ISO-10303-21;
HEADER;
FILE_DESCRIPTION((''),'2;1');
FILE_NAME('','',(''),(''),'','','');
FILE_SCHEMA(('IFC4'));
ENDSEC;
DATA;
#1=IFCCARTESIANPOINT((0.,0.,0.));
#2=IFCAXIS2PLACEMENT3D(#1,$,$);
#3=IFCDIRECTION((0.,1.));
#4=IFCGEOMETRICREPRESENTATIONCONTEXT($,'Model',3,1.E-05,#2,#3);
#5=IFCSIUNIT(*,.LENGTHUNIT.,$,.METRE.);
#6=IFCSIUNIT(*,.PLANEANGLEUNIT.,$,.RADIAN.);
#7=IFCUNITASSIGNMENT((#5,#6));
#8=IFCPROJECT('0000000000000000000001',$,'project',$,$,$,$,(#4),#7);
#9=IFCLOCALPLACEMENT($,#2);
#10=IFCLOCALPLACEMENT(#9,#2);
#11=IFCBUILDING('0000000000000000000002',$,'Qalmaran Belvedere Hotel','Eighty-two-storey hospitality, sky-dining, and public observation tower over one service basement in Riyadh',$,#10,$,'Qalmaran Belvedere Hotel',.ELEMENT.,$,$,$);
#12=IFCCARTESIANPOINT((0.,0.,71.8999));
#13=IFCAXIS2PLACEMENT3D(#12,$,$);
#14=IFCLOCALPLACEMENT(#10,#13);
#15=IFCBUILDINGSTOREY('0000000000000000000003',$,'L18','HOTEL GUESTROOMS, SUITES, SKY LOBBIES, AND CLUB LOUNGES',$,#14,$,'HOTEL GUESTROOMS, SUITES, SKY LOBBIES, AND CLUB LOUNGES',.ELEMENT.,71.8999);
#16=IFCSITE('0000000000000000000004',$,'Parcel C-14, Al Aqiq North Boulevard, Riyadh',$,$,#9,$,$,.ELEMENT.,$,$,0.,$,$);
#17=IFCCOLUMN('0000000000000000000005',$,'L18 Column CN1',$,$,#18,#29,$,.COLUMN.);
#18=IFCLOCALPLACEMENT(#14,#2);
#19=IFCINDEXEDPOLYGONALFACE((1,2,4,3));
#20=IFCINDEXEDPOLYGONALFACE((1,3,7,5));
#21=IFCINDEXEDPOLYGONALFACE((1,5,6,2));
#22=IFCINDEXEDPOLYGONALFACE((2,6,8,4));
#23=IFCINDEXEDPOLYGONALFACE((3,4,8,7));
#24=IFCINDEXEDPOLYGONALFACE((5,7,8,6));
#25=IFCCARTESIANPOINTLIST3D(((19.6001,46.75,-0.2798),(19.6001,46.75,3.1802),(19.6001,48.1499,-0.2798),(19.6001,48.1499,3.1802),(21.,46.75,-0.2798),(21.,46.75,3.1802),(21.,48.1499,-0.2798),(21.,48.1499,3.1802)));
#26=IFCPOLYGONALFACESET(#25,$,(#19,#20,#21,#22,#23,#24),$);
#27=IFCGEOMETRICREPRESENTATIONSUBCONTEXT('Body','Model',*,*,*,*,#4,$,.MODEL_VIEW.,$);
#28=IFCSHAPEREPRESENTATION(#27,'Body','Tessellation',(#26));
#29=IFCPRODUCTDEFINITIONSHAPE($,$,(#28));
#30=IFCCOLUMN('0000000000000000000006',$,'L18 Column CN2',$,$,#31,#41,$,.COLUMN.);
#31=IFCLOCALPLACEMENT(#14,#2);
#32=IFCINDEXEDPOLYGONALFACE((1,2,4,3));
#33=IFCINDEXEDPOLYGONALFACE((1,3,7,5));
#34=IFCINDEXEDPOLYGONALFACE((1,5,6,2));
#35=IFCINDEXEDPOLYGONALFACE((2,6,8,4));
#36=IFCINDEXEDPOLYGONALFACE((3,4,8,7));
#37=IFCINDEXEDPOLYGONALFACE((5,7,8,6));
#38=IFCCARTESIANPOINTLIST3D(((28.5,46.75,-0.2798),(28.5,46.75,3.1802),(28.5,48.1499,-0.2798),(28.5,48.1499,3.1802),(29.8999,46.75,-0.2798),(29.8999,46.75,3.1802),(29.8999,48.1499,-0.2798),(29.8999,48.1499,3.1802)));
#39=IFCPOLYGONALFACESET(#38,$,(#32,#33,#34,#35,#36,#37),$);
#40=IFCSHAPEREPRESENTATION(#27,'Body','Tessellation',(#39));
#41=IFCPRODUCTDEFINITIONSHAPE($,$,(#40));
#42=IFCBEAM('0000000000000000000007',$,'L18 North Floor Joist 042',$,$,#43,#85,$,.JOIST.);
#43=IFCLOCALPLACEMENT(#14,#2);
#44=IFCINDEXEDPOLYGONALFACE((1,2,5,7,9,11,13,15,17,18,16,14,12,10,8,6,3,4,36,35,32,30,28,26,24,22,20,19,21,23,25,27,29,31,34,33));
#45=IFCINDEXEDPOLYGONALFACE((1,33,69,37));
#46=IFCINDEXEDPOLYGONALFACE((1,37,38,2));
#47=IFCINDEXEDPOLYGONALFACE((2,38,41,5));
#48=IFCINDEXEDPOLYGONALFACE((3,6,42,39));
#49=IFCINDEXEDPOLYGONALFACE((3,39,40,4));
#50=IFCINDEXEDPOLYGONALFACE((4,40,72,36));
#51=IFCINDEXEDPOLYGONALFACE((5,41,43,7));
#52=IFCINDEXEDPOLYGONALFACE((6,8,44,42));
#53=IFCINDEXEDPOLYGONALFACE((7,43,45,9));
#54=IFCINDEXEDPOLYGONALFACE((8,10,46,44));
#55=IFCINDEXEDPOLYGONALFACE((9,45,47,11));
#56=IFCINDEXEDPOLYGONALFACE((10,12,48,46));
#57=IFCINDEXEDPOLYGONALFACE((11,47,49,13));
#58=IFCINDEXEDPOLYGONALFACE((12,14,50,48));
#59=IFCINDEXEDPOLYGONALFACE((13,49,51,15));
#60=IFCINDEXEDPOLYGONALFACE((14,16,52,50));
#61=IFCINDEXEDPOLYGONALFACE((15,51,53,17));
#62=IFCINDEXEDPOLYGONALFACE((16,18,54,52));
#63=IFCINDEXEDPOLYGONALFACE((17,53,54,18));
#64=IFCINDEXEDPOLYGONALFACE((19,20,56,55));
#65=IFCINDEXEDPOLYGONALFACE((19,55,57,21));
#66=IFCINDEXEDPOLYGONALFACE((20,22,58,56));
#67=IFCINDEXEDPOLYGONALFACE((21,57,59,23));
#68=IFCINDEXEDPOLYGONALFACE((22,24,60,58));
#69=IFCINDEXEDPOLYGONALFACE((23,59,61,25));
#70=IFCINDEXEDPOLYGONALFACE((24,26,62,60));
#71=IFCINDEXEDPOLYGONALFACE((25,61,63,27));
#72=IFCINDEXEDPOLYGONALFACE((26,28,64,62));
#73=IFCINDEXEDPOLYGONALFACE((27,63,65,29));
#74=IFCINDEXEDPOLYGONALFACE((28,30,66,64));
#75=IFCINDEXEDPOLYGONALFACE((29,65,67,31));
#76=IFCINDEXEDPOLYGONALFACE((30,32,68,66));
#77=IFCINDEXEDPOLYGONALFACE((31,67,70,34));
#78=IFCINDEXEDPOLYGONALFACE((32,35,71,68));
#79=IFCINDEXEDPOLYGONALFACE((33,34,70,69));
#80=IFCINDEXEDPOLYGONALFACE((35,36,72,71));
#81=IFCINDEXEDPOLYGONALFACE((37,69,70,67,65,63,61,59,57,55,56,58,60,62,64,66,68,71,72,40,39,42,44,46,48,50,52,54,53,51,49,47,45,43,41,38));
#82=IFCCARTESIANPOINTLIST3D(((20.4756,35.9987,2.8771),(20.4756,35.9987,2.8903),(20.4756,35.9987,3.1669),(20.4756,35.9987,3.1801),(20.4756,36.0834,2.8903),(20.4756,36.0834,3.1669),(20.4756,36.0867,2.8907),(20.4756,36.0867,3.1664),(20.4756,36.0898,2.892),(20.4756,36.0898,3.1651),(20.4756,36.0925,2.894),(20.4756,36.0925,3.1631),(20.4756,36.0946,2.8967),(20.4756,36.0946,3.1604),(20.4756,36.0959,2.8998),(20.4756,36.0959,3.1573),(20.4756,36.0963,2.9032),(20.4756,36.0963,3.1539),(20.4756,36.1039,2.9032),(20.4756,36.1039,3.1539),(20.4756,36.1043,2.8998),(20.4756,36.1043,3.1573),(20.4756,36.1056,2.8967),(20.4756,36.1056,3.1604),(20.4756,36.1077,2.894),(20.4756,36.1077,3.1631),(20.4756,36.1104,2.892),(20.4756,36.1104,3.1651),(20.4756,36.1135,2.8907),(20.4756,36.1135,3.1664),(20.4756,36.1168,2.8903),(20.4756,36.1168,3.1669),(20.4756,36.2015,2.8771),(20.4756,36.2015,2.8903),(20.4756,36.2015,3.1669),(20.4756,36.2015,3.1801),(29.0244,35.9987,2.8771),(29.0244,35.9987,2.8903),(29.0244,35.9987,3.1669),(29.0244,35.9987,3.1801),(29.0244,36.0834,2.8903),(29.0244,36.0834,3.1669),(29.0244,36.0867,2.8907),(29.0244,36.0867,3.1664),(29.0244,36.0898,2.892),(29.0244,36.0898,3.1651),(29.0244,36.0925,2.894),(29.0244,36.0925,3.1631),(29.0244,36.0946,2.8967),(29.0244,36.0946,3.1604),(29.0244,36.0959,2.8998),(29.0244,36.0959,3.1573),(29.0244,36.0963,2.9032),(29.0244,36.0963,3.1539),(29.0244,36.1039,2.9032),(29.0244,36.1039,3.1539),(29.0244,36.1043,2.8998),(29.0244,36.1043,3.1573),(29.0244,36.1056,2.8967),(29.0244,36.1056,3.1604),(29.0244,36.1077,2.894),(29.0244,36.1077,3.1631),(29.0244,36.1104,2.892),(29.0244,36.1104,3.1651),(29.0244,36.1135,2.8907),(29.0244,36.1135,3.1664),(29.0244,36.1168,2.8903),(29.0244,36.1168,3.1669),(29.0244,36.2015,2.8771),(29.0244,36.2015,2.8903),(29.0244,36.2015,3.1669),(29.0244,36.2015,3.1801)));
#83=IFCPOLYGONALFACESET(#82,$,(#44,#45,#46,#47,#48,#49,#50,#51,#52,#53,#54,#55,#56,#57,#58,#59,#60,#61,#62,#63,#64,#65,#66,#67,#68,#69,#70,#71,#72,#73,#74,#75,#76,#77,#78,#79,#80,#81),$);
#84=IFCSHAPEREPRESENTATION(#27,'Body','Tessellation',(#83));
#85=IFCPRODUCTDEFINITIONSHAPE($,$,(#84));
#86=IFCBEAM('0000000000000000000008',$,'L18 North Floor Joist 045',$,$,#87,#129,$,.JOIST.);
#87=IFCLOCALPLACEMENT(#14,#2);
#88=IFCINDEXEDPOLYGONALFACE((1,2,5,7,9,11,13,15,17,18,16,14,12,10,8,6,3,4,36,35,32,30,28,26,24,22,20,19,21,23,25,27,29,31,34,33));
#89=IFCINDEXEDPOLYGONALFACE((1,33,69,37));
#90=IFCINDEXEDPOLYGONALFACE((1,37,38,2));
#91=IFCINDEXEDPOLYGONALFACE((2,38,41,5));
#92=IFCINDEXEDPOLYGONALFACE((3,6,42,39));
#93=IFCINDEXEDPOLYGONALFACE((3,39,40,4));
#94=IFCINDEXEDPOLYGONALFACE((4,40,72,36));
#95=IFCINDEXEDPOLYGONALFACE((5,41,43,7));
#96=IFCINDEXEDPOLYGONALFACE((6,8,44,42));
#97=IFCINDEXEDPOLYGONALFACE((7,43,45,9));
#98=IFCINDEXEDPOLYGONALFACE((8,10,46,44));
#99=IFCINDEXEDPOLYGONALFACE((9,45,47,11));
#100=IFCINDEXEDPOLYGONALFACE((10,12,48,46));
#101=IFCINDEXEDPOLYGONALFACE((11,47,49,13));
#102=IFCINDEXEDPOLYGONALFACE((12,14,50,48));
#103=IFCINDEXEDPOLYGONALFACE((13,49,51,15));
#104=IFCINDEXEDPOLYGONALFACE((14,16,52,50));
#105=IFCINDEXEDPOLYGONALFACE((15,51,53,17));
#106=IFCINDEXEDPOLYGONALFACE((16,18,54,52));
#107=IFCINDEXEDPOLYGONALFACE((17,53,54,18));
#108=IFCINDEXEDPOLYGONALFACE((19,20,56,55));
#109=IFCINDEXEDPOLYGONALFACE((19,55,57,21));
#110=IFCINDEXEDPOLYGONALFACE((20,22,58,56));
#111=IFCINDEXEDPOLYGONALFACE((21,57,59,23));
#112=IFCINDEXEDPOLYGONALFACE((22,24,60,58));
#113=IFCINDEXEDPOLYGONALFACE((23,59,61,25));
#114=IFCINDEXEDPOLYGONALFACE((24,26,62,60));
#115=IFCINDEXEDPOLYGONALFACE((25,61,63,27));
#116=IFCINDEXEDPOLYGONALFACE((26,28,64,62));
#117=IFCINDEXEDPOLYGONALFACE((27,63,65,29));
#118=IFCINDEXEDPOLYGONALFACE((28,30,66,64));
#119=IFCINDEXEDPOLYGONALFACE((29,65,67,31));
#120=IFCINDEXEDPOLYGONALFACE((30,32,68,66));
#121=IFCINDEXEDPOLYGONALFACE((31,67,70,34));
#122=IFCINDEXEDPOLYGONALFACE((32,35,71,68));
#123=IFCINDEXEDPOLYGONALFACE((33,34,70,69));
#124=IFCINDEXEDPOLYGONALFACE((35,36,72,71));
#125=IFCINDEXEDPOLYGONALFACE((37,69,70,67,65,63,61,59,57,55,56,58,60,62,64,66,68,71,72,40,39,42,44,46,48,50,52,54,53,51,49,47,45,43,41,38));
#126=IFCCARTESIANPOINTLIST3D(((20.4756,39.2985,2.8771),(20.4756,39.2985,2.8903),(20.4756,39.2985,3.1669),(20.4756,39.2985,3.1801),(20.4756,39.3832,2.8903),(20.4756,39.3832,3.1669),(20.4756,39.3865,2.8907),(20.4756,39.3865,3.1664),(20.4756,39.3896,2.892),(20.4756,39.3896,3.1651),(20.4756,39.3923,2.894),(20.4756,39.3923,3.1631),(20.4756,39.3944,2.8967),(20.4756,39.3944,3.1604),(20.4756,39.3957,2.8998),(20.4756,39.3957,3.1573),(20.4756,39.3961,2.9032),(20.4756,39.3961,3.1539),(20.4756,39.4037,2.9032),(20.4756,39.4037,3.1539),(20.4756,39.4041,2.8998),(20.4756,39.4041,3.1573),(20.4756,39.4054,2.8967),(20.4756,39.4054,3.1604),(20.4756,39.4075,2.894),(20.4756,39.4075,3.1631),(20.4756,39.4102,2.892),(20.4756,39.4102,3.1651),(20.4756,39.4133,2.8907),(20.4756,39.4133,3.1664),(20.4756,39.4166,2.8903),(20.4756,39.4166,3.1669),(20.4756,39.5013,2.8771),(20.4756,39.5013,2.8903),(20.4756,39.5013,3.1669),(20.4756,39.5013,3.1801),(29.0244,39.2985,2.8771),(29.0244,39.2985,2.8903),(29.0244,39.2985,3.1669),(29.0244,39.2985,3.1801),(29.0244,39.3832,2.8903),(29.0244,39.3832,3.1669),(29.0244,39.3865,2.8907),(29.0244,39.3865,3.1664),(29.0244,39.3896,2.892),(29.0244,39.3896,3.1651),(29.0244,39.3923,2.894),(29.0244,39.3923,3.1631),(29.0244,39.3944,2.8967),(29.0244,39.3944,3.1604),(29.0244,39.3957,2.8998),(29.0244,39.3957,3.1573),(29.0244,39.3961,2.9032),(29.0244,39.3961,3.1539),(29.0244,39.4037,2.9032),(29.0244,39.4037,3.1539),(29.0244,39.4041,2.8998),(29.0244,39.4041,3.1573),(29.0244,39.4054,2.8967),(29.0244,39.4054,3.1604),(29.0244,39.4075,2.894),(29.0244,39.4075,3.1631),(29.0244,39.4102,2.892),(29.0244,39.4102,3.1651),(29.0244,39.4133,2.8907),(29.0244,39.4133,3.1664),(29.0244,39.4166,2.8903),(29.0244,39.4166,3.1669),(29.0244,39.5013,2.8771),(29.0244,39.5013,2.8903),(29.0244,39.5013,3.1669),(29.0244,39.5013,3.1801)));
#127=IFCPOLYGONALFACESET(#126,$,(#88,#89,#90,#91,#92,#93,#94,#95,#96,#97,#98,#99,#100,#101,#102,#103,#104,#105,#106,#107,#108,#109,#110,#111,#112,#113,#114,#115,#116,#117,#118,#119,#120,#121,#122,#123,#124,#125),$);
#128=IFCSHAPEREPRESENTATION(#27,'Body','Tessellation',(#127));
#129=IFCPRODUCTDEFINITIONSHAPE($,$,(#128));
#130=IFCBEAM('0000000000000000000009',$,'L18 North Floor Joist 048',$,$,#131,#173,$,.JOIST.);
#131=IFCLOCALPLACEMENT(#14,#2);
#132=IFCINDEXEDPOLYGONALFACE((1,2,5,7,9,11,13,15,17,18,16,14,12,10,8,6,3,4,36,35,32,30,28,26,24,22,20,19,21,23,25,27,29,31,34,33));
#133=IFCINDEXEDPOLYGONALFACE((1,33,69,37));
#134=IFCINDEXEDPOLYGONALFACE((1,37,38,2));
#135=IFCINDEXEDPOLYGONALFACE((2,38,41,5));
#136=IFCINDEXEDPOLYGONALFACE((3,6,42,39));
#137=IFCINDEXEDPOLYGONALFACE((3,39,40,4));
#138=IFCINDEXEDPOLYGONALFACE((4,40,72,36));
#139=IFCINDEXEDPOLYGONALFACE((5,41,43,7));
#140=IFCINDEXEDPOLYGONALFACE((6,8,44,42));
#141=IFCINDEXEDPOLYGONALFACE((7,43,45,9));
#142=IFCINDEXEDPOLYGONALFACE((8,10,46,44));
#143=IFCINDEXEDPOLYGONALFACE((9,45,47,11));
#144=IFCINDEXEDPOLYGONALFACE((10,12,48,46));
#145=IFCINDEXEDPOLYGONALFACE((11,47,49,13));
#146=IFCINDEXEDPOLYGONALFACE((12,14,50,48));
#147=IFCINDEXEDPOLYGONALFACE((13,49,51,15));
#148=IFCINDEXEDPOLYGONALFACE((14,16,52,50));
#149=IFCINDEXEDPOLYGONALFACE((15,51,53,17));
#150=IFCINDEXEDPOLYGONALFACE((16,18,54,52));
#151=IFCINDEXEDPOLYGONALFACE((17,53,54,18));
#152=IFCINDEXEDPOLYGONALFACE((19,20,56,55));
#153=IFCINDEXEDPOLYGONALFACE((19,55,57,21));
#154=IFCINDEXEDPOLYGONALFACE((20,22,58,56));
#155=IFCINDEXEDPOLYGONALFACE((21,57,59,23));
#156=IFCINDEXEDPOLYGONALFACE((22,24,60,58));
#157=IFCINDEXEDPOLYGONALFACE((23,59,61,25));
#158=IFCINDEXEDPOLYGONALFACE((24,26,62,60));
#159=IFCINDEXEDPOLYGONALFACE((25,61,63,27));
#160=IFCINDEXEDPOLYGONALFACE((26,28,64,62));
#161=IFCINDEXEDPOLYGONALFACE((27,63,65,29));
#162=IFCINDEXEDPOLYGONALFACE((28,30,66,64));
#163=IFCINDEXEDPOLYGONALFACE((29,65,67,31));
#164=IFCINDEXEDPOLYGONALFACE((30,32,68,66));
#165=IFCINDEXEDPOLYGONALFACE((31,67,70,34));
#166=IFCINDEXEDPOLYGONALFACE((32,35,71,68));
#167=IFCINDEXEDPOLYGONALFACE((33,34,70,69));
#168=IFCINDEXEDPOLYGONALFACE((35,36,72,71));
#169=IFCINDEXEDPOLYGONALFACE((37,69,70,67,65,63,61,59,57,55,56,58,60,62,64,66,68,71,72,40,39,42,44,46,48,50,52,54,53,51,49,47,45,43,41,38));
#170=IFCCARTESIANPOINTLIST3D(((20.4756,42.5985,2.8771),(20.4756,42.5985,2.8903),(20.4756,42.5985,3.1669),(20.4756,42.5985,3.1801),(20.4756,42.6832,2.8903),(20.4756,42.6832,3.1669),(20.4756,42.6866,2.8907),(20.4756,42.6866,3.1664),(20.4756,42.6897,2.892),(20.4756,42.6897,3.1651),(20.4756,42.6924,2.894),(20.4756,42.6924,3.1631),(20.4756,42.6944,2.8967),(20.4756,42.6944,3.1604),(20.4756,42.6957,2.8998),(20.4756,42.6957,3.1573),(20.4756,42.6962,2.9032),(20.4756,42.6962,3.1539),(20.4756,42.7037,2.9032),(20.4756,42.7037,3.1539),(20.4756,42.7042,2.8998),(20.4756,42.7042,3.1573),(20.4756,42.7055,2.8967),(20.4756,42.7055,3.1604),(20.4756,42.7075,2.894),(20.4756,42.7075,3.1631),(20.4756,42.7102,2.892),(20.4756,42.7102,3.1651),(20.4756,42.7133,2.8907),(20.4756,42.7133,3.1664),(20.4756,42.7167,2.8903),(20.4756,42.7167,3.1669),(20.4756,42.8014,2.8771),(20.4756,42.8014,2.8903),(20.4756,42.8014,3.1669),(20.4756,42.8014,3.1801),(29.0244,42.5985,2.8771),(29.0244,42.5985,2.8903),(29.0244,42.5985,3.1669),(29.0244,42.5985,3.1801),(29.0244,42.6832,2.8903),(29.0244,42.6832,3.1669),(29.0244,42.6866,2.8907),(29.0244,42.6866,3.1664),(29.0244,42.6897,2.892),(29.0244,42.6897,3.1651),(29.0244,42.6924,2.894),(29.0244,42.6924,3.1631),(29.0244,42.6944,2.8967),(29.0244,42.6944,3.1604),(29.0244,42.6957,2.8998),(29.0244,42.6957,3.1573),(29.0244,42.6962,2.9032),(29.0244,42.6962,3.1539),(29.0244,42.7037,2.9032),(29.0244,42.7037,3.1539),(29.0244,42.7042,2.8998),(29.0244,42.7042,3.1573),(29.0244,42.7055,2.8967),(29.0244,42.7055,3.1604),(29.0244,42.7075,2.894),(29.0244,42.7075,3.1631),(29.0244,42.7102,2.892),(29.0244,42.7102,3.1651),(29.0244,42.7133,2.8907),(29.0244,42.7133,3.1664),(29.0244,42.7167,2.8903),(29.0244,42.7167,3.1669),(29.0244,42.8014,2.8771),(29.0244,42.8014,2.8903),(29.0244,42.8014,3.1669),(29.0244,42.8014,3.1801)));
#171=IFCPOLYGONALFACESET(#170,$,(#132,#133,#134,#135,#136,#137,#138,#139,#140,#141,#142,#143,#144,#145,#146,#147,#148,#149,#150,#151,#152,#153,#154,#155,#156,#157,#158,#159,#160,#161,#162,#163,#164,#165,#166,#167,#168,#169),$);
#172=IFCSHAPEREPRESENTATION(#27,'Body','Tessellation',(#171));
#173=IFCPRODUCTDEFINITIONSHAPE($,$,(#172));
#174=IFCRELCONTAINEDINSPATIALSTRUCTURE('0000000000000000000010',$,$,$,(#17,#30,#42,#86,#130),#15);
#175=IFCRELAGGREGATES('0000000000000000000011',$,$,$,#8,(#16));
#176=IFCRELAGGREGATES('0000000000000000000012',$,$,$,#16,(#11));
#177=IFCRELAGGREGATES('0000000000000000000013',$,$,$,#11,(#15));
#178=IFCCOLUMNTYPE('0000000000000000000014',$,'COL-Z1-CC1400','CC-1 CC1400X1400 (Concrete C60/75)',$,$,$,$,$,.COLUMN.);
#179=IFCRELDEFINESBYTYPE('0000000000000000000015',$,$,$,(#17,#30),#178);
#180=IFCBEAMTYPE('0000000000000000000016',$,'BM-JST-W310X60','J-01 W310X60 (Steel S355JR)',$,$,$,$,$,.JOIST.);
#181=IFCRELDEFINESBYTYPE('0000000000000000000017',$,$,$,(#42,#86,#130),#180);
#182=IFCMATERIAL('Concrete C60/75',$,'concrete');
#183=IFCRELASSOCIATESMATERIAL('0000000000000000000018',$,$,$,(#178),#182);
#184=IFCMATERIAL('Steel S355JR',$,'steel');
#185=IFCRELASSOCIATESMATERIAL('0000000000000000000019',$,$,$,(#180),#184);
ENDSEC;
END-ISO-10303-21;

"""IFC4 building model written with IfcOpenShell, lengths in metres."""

from ifc_helpers import new_model, si_unit, direction, frame, origin, origin_2d, place, context, subcontext, project, spatial, rectangle, i_section, extrude, material, material_profile, profile_set, type_object, element, save


model = new_model("IFC4")

# Units and contexts
model_context = context("Model", 3, precision=1e-05, world=origin(), true_north=direction((0.0, 1.0)))
body_context = subcontext(model_context, "Body", "Model", "MODEL_VIEW")
ifc_project = project(units=[si_unit("LENGTHUNIT", "METRE"), si_unit("PLANEANGLEUNIT", "RADIAN")], contexts=[model_context])

# Site, building, storey
site_placement = place(None, origin())
site = spatial("IfcSite", under=ifc_project, at=site_placement, Name="Parcel C-14, Al Aqiq North Boulevard, Riyadh", CompositionType="ELEMENT", RefElevation=0.0)
building_placement = place(site_placement, origin())
building = spatial("IfcBuilding", under=site, at=building_placement, Name="Qalmaran Belvedere Hotel", Description="Eighty-two-storey hospitality, sky-dining, and public observation tower over one service basement in Riyadh", LongName="Qalmaran Belvedere Hotel", CompositionType="ELEMENT")
storey_placement = place(building_placement, frame((0.0, 0.0, 71.8999)))
storey = spatial("IfcBuildingStorey", under=building, at=storey_placement, Name="L18", Description="HOTEL GUESTROOMS, SUITES, SKY LOBBIES, AND CLUB LOUNGES", LongName="HOTEL GUESTROOMS, SUITES, SKY LOBBIES, AND CLUB LOUNGES", CompositionType="ELEMENT", Elevation=71.8999)

# Columns
ifc_material_1 = material(Name="Concrete C60/75", Category="concrete")
ifc_material_profile_1 = material_profile(ifc_material_1, rectangle(XDim=1.3999, YDim=1.3999, at=origin_2d()), Name="CC1400X1400")
ifc_profile_set_1 = profile_set([ifc_material_profile_1], Name="Concrete C60/75")
column_type = type_object("IfcColumnType", Name="COL-Z1-CC1400", Description="CC-1 CC1400X1400 (Concrete C60/75)", PredefinedType="COLUMN", material=ifc_profile_set_1)
for number, where, z_axis, x_axis, name in (
    (1, (20.3, 47.45, -0.2798), (0.0, 0.0, 1.0), (1.0, 0.0, 0.0), "L18 Column CN1"),
    (2, (29.2, 47.45, -0.2798), (0.0, 0.0, 1.0), (1.0, 0.0, 0.0), "L18 Column CN2"),
):
    element("IfcColumn", number, at=place(storey_placement, frame(where, z_axis=z_axis, x_axis=x_axis)), inside=storey, type_object=column_type, Name=name, PredefinedType="COLUMN", context=body_context, shape_type="SweptSolid", body=[
        extrude(rectangle(XDim=1.3999, YDim=1.3999, at=origin_2d()), origin(), (0.0, 0.0, 1.0), 3.46),
    ])

# Beams
ifc_material_2 = material(Name="Steel S355JR", Category="steel")
ifc_material_profile_2 = material_profile(ifc_material_2, i_section(OverallWidth=0.2029, OverallDepth=0.303, WebThickness=0.0076, FlangeThickness=0.0132, FilletRadius=0.0129, at=origin_2d()), Name="W310X60")
ifc_profile_set_2 = profile_set([ifc_material_profile_2], Name="Steel S355JR")
beam_type_1 = type_object("IfcBeamType", Name="BM-JST-W310X60", Description="J-01 W310X60 (Steel S355JR)", PredefinedType="JOIST", material=ifc_profile_set_2)
for number, where, z_axis, x_axis, name in (
    (3, (20.4756, 36.1001, 3.0286), (1.0, 0.0, 0.0), (0.0, 1.0, 0.0), "L18 North Floor Joist 042"),
    (4, (20.4756, 39.3999, 3.0286), (1.0, 0.0, 0.0), (0.0, 1.0, 0.0), "L18 North Floor Joist 045"),
    (5, (20.4756, 42.7, 3.0286), (1.0, 0.0, 0.0), (0.0, 1.0, 0.0), "L18 North Floor Joist 048"),
):
    element("IfcBeam", number, at=place(storey_placement, frame(where, z_axis=z_axis, x_axis=x_axis)), inside=storey, type_object=beam_type_1, Name=name, PredefinedType="JOIST", context=body_context, shape_type="SweptSolid", body=[
        extrude(i_section(OverallWidth=0.2029, OverallDepth=0.303, WebThickness=0.0076, FlangeThickness=0.0132, FilletRadius=0.0129, at=origin_2d()), origin(), (0.0, 0.0, 1.0), 8.5488),
    ])

save(model, "model.ifc")
